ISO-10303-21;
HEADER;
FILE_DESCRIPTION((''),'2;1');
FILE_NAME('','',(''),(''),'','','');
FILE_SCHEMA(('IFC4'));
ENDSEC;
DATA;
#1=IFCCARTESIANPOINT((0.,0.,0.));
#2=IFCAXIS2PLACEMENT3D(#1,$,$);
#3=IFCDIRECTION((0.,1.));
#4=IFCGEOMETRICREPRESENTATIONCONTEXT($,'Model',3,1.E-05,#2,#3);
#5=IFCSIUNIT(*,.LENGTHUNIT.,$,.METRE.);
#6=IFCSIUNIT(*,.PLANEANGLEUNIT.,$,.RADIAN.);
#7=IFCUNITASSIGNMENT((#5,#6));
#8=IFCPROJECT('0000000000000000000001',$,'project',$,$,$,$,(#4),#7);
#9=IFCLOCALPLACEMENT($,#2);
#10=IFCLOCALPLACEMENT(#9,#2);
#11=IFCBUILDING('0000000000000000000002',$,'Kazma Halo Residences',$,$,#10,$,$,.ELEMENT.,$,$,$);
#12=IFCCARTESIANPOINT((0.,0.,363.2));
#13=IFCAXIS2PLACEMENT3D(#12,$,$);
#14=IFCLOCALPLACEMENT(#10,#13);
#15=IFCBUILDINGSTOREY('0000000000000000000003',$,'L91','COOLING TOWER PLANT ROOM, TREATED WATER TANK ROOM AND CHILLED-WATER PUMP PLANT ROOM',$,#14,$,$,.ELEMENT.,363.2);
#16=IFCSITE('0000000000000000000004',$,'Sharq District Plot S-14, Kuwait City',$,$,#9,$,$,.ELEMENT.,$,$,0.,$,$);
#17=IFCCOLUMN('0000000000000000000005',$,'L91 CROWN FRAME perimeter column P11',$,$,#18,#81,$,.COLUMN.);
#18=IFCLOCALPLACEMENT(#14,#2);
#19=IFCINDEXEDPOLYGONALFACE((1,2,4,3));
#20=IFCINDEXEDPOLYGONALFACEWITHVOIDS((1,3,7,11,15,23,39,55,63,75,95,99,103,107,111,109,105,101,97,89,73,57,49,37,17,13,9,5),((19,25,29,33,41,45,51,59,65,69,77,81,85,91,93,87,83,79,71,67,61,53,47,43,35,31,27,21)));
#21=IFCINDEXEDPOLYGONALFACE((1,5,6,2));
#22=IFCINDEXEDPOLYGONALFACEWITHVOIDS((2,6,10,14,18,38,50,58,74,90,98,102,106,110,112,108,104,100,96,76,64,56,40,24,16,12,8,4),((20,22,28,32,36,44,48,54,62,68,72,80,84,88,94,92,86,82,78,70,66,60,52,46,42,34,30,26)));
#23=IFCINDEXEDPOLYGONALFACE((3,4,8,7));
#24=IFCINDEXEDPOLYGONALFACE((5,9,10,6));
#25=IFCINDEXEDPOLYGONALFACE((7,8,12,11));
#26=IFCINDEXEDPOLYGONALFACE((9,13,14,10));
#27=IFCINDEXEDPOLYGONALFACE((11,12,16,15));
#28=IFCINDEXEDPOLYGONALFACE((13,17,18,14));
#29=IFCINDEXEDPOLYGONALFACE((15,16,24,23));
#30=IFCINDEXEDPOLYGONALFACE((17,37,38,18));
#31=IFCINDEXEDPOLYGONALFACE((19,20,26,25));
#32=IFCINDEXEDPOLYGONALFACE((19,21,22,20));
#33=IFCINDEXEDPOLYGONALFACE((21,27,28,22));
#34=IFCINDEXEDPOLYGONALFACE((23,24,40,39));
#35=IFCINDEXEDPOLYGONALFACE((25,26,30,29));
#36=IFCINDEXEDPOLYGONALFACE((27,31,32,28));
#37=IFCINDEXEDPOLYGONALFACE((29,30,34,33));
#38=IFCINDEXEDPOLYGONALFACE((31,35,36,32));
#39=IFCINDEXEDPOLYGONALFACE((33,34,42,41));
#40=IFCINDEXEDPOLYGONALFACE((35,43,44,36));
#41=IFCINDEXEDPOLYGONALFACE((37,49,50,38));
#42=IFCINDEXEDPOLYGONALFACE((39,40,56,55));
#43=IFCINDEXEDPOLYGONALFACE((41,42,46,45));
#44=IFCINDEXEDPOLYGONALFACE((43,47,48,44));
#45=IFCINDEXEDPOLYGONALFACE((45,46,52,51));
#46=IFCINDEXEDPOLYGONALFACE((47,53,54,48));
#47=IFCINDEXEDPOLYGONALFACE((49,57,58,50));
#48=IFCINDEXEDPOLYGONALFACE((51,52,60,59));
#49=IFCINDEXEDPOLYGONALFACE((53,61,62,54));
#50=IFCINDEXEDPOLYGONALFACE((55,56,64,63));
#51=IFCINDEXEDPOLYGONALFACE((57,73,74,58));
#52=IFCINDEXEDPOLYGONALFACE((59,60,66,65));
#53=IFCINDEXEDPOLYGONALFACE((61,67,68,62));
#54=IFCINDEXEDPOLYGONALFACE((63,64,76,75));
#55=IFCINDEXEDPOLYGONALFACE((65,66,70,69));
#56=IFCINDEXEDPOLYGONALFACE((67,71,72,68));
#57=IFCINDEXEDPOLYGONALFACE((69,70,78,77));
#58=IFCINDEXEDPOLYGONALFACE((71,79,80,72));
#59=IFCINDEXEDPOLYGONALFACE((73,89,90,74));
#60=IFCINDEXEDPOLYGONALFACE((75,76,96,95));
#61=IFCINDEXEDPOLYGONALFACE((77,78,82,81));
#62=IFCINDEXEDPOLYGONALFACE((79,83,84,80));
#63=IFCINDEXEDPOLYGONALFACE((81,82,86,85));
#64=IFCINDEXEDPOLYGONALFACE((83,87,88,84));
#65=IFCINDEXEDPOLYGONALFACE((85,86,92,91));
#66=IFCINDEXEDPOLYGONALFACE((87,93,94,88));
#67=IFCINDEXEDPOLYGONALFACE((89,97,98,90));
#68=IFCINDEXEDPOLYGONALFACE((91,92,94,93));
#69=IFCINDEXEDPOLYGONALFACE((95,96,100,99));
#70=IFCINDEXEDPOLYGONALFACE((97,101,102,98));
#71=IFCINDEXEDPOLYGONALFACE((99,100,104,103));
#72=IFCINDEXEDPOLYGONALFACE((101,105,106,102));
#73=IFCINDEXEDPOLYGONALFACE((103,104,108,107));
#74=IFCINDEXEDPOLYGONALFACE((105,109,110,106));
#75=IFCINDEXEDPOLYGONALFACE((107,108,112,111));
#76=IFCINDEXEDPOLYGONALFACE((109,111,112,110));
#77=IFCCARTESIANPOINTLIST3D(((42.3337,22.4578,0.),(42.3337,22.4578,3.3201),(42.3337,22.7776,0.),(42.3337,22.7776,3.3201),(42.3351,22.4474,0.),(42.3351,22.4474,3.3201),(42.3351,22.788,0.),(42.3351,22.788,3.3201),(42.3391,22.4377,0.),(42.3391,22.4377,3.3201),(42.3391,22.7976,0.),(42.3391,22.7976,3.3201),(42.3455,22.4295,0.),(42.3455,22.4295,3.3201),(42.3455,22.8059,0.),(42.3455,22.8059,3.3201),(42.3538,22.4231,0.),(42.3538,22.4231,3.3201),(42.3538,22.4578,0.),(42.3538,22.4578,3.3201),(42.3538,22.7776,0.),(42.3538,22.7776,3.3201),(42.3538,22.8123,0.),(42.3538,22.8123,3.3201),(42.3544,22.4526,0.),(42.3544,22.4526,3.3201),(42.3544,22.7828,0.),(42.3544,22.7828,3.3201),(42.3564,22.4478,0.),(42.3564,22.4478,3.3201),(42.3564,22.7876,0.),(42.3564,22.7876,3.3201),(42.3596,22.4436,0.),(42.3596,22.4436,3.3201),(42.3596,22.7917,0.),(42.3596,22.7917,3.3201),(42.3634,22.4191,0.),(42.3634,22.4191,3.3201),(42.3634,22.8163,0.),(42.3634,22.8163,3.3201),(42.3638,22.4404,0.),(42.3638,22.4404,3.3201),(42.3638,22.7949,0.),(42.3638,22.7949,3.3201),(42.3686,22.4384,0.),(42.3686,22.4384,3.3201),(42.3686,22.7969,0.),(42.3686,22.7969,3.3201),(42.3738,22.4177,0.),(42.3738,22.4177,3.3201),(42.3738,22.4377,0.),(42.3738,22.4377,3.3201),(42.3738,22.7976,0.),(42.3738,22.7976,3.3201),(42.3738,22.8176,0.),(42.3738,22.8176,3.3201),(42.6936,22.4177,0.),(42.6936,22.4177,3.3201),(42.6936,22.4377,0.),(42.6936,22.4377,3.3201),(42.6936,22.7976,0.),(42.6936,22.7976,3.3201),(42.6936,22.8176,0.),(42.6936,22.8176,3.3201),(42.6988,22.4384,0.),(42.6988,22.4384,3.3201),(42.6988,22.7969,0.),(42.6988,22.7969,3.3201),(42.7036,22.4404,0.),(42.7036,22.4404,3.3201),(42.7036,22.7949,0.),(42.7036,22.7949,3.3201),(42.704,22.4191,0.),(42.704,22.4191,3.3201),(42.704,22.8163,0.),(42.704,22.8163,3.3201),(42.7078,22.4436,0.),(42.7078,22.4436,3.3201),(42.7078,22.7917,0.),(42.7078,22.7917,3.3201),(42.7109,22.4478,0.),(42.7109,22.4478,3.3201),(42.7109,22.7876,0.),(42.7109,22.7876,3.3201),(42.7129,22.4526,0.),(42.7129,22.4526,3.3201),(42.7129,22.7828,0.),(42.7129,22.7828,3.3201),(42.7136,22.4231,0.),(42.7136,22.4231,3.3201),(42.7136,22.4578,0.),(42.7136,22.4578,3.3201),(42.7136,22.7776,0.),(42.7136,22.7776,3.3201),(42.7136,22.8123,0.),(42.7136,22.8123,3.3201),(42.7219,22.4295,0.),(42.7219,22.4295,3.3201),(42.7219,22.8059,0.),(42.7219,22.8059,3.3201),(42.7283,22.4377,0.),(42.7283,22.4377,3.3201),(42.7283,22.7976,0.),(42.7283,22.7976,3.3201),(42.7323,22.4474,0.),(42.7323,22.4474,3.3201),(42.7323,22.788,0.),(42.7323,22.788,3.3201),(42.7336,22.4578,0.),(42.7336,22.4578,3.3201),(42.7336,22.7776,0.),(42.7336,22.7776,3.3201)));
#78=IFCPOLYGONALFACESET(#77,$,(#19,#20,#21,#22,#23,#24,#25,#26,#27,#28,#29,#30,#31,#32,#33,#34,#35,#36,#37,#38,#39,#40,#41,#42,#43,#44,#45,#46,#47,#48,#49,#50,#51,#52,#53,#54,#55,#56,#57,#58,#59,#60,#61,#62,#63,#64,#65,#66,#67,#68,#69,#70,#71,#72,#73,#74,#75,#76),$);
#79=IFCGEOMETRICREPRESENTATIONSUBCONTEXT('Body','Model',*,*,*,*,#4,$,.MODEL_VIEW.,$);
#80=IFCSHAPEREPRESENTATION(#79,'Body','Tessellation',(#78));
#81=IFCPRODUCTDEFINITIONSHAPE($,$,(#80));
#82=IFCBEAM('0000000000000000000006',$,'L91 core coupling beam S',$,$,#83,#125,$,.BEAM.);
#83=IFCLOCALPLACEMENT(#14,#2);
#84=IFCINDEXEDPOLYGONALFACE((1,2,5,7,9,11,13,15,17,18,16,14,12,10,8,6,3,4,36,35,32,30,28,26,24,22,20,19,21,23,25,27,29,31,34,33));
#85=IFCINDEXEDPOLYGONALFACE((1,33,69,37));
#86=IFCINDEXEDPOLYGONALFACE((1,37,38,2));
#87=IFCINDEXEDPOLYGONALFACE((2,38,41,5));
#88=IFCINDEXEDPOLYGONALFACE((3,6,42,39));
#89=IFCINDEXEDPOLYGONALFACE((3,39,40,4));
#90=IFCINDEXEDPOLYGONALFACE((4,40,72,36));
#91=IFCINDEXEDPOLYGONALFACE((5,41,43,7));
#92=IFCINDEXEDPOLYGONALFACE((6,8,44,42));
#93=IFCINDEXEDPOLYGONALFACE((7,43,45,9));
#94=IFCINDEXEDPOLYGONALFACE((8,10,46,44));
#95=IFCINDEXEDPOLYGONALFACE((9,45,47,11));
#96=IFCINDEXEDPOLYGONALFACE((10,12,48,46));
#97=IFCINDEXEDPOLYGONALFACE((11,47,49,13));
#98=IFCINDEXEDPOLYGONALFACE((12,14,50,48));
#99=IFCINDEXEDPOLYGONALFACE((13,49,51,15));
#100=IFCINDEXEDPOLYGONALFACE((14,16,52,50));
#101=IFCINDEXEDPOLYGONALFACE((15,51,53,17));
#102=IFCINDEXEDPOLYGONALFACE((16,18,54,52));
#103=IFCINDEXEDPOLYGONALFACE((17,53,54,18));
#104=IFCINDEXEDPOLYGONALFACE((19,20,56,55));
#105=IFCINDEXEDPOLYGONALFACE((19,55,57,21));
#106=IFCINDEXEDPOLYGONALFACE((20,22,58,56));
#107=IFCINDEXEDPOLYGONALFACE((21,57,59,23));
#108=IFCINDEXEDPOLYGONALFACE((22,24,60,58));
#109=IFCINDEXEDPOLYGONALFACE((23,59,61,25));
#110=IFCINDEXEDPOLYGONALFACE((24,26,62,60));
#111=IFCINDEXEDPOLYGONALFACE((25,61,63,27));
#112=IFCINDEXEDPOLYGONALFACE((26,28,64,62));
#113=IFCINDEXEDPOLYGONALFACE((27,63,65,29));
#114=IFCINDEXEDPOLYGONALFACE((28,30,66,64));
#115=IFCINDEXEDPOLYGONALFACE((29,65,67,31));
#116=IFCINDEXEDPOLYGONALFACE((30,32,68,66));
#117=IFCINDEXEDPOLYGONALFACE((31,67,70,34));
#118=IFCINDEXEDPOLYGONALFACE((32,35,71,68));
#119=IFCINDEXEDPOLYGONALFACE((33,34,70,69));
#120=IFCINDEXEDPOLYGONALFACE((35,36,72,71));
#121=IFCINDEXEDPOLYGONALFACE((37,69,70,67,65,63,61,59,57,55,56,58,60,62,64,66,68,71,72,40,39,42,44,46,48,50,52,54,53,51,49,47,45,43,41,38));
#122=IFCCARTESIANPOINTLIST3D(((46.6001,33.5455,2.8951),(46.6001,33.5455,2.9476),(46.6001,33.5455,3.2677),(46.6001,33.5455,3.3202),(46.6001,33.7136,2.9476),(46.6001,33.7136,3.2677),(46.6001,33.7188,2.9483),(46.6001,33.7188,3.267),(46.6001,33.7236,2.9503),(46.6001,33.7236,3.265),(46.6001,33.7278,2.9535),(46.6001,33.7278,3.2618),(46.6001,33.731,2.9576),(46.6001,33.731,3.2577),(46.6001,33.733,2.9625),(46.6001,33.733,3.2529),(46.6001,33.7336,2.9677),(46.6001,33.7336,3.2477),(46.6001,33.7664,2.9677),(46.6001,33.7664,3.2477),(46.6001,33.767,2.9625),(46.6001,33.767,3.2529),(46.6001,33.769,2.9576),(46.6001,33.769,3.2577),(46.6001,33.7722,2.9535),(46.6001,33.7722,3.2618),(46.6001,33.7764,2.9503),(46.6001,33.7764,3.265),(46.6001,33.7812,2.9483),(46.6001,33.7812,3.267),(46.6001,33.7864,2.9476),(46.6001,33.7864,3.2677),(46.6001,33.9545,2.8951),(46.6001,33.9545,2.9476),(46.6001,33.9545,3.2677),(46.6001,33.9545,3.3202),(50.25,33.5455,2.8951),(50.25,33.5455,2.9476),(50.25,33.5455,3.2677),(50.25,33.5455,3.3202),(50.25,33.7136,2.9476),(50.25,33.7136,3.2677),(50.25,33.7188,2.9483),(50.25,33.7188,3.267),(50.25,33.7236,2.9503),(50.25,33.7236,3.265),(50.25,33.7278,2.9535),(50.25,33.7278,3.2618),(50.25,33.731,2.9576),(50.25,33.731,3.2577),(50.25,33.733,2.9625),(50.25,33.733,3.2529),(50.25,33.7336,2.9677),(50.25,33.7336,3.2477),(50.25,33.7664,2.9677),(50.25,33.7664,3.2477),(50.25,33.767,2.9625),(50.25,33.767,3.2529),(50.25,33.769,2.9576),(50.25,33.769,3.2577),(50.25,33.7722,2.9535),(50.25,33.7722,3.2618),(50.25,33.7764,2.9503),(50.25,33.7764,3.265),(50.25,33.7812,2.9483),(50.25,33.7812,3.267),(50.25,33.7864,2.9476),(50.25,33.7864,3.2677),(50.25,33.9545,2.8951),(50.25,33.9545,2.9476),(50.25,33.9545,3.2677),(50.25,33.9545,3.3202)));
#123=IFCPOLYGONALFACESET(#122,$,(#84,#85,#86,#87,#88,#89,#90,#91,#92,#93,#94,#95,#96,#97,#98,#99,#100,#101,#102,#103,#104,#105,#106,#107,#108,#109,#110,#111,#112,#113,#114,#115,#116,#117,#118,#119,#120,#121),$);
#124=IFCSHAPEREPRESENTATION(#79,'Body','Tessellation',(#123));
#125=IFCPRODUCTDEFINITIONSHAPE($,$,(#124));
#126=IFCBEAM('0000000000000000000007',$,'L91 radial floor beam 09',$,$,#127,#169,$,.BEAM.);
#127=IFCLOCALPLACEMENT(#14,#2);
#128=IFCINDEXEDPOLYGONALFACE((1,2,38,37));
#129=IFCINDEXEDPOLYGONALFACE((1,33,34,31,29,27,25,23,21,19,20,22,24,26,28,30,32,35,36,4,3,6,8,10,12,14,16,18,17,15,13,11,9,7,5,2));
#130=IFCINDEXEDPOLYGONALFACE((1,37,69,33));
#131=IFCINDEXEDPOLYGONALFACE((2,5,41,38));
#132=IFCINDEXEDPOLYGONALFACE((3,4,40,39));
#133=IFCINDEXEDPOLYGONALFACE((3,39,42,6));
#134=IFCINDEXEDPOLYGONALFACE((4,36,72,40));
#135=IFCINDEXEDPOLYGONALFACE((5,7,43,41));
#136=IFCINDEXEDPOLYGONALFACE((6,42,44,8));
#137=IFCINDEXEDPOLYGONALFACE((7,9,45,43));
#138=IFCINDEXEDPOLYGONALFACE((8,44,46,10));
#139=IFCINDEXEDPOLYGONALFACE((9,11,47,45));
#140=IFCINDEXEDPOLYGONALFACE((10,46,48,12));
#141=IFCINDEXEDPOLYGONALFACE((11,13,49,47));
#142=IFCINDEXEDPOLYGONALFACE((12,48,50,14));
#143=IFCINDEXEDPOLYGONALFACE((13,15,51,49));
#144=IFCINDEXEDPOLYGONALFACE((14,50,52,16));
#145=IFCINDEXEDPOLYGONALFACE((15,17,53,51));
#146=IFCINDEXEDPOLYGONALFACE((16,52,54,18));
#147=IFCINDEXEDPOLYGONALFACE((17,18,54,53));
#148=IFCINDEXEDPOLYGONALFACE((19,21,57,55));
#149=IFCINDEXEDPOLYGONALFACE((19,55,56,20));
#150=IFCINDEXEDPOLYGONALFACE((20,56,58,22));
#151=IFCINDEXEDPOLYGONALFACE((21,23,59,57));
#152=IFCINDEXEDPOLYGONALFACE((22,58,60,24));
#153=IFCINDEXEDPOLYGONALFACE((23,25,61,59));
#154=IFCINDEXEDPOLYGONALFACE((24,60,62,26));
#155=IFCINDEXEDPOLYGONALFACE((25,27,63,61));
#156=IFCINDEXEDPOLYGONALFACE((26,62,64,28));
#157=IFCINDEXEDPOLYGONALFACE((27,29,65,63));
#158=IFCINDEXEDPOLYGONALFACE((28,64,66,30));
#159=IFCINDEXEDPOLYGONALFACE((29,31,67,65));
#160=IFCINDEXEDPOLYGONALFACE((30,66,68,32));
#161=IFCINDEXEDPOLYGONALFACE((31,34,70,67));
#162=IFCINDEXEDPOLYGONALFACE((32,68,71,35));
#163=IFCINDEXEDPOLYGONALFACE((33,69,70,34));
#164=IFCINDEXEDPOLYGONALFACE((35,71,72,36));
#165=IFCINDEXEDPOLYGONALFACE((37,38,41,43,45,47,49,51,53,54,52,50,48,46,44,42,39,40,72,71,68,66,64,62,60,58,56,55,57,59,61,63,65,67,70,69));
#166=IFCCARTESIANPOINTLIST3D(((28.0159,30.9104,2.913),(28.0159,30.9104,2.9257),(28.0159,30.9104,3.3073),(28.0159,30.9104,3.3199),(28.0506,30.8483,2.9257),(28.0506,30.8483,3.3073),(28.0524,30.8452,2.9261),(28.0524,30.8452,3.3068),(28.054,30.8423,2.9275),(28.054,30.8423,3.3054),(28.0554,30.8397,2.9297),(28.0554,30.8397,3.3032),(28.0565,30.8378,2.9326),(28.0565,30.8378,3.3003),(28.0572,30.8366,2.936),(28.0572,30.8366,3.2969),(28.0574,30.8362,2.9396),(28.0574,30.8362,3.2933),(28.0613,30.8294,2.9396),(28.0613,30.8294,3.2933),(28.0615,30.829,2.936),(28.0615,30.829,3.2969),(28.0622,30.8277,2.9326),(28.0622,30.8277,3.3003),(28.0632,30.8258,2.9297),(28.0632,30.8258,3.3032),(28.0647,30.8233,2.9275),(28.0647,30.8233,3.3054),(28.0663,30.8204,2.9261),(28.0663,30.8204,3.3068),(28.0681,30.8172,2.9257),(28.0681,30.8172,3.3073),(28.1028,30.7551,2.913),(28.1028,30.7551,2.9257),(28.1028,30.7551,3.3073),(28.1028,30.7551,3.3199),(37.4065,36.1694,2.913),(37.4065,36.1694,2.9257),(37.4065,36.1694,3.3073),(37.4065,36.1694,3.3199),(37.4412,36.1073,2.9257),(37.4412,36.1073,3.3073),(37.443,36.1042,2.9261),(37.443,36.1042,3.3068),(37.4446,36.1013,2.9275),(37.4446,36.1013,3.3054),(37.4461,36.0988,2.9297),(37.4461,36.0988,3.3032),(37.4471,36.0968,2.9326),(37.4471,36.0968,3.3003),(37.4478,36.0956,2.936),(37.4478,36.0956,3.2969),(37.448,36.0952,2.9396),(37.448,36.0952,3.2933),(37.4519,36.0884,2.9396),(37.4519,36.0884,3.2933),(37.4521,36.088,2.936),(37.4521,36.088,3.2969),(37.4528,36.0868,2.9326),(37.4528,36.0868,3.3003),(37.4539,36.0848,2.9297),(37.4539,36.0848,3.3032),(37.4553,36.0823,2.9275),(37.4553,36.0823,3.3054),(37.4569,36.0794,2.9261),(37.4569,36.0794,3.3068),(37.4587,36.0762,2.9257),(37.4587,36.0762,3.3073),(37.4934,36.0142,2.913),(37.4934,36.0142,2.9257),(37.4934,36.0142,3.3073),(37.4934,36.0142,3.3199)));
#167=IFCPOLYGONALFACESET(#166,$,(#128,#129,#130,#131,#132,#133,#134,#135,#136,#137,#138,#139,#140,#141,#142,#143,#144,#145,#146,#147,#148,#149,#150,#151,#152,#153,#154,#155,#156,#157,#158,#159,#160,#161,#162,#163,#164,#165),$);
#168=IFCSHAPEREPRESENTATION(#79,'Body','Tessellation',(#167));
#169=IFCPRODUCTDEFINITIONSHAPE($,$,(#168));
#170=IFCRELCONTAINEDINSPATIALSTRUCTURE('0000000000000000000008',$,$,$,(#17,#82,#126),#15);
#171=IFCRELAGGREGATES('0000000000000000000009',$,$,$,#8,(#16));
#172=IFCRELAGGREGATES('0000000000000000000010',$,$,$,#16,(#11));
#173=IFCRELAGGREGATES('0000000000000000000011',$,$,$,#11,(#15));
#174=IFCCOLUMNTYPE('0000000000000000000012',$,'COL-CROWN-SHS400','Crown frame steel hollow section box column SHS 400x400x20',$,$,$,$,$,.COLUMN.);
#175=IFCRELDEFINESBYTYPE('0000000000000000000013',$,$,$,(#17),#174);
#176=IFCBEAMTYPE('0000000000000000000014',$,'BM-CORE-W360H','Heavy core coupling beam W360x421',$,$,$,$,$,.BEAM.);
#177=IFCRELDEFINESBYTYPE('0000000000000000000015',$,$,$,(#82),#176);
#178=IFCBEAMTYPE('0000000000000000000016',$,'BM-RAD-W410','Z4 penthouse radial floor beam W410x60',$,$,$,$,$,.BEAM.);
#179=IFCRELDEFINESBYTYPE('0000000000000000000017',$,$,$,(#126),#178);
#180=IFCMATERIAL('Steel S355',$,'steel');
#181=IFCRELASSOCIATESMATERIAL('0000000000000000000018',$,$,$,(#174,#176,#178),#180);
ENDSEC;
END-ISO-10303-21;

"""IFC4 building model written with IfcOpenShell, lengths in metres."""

from ifc_helpers import new_model, si_unit, direction, frame, origin, origin_2d, place, context, subcontext, project, spatial, hollow_rectangle, i_section, extrude, material, material_profile, profile_set, type_object, element, save


model = new_model("IFC4")

# Units and contexts
model_context = context("Model", 3, precision=1e-05, world=origin(), true_north=direction((0.0, 1.0)))
body_context = subcontext(model_context, "Body", "Model", "MODEL_VIEW")
ifc_project = project(units=[si_unit("LENGTHUNIT", "METRE"), si_unit("PLANEANGLEUNIT", "RADIAN")], contexts=[model_context])

# Site, building, storey
site_placement = place(None, origin())
site = spatial("IfcSite", under=ifc_project, at=site_placement, Name="Sharq District Plot S-14, Kuwait City", CompositionType="ELEMENT", RefElevation=0.0)
building_placement = place(site_placement, origin())
building = spatial("IfcBuilding", under=site, at=building_placement, Name="Kazma Halo Residences", CompositionType="ELEMENT")
storey_placement = place(building_placement, frame((0.0, 0.0, 363.2)))
storey = spatial("IfcBuildingStorey", under=building, at=storey_placement, Name="L91", Description="COOLING TOWER PLANT ROOM, TREATED WATER TANK ROOM AND CHILLED-WATER PUMP PLANT ROOM", CompositionType="ELEMENT", Elevation=363.2)

# Column
ifc_material_1 = material(Name="Steel S355", Category="steel")
ifc_material_profile_1 = material_profile(ifc_material_1, hollow_rectangle(XDim=0.3999, YDim=0.3999, WallThickness=0.02, InnerFilletRadius=0.02, OuterFilletRadius=0.04, at=origin_2d()), Name="SHS400x400x20")
ifc_profile_set_1 = profile_set([ifc_material_profile_1], Name="Steel S355")
column_type = type_object("IfcColumnType", Name="COL-CROWN-SHS400", Description="Crown frame steel hollow section box column SHS 400x400x20", PredefinedType="COLUMN", material=ifc_profile_set_1)
column_placement = place(storey_placement, frame((42.5337, 22.6177, 0.0), z_axis=(0.0, 0.0, 1.0), x_axis=(1.0, 0.0, 0.0)))
element("IfcColumn", 1, at=column_placement, inside=storey, type_object=column_type, Name="L91 CROWN FRAME perimeter column P11", PredefinedType="COLUMN", context=body_context, shape_type="SweptSolid", body=[
    extrude(hollow_rectangle(XDim=0.3999, YDim=0.3999, WallThickness=0.02, InnerFilletRadius=0.02, OuterFilletRadius=0.04, at=origin_2d()), origin(), (0.0, 0.0, 1.0), 3.3201),
])

# Beams
ifc_material_profile_2 = material_profile(ifc_material_1, i_section(OverallWidth=0.4089, OverallDepth=0.425, WebThickness=0.0327, FlangeThickness=0.0525, FilletRadius=0.02, at=origin_2d()), Name="W360x421")
ifc_profile_set_2 = profile_set([ifc_material_profile_2], Name="Steel S355")
beam_type_1 = type_object("IfcBeamType", Name="BM-CORE-W360H", Description="Heavy core coupling beam W360x421", PredefinedType="BEAM", material=ifc_profile_set_2)
beam_1_placement = place(storey_placement, frame((46.6001, 33.75, 3.1077), z_axis=(1.0, 0.0, 0.0), x_axis=(0.0, 1.0, 0.0)))
element("IfcBeam", 2, at=beam_1_placement, inside=storey, type_object=beam_type_1, Name="L91 core coupling beam S", PredefinedType="BEAM", context=body_context, shape_type="SweptSolid", body=[
    extrude(i_section(OverallWidth=0.4089, OverallDepth=0.425, WebThickness=0.0327, FlangeThickness=0.0525, FilletRadius=0.02, at=origin_2d()), origin(), (0.0, 0.0, 1.0), 3.6499),
])
ifc_material_profile_3 = material_profile(ifc_material_1, i_section(OverallWidth=0.178, OverallDepth=0.407, WebThickness=0.0078, FlangeThickness=0.0127, FilletRadius=0.0139, at=origin_2d()), Name="W410x60")
ifc_profile_set_3 = profile_set([ifc_material_profile_3], Name="Steel S355")
beam_type_2 = type_object("IfcBeamType", Name="BM-RAD-W410", Description="Z4 penthouse radial floor beam W410x60", PredefinedType="BEAM", material=ifc_profile_set_3)
beam_2_placement = place(storey_placement, frame((37.45, 36.0918, 3.1165), z_axis=(-0.872495, -0.488623, 0.0), x_axis=(0.488623, -0.872495, 0.0)))
element("IfcBeam", 3, at=beam_2_placement, inside=storey, type_object=beam_type_2, Name="L91 radial floor beam 09", PredefinedType="BEAM", context=body_context, shape_type="SweptSolid", body=[
    extrude(i_section(OverallWidth=0.178, OverallDepth=0.407, WebThickness=0.0078, FlangeThickness=0.0127, FilletRadius=0.0139, at=origin_2d()), origin(), (0.0, 0.0, 1.0), 10.7629),
])

save(model, "model.ifc")
